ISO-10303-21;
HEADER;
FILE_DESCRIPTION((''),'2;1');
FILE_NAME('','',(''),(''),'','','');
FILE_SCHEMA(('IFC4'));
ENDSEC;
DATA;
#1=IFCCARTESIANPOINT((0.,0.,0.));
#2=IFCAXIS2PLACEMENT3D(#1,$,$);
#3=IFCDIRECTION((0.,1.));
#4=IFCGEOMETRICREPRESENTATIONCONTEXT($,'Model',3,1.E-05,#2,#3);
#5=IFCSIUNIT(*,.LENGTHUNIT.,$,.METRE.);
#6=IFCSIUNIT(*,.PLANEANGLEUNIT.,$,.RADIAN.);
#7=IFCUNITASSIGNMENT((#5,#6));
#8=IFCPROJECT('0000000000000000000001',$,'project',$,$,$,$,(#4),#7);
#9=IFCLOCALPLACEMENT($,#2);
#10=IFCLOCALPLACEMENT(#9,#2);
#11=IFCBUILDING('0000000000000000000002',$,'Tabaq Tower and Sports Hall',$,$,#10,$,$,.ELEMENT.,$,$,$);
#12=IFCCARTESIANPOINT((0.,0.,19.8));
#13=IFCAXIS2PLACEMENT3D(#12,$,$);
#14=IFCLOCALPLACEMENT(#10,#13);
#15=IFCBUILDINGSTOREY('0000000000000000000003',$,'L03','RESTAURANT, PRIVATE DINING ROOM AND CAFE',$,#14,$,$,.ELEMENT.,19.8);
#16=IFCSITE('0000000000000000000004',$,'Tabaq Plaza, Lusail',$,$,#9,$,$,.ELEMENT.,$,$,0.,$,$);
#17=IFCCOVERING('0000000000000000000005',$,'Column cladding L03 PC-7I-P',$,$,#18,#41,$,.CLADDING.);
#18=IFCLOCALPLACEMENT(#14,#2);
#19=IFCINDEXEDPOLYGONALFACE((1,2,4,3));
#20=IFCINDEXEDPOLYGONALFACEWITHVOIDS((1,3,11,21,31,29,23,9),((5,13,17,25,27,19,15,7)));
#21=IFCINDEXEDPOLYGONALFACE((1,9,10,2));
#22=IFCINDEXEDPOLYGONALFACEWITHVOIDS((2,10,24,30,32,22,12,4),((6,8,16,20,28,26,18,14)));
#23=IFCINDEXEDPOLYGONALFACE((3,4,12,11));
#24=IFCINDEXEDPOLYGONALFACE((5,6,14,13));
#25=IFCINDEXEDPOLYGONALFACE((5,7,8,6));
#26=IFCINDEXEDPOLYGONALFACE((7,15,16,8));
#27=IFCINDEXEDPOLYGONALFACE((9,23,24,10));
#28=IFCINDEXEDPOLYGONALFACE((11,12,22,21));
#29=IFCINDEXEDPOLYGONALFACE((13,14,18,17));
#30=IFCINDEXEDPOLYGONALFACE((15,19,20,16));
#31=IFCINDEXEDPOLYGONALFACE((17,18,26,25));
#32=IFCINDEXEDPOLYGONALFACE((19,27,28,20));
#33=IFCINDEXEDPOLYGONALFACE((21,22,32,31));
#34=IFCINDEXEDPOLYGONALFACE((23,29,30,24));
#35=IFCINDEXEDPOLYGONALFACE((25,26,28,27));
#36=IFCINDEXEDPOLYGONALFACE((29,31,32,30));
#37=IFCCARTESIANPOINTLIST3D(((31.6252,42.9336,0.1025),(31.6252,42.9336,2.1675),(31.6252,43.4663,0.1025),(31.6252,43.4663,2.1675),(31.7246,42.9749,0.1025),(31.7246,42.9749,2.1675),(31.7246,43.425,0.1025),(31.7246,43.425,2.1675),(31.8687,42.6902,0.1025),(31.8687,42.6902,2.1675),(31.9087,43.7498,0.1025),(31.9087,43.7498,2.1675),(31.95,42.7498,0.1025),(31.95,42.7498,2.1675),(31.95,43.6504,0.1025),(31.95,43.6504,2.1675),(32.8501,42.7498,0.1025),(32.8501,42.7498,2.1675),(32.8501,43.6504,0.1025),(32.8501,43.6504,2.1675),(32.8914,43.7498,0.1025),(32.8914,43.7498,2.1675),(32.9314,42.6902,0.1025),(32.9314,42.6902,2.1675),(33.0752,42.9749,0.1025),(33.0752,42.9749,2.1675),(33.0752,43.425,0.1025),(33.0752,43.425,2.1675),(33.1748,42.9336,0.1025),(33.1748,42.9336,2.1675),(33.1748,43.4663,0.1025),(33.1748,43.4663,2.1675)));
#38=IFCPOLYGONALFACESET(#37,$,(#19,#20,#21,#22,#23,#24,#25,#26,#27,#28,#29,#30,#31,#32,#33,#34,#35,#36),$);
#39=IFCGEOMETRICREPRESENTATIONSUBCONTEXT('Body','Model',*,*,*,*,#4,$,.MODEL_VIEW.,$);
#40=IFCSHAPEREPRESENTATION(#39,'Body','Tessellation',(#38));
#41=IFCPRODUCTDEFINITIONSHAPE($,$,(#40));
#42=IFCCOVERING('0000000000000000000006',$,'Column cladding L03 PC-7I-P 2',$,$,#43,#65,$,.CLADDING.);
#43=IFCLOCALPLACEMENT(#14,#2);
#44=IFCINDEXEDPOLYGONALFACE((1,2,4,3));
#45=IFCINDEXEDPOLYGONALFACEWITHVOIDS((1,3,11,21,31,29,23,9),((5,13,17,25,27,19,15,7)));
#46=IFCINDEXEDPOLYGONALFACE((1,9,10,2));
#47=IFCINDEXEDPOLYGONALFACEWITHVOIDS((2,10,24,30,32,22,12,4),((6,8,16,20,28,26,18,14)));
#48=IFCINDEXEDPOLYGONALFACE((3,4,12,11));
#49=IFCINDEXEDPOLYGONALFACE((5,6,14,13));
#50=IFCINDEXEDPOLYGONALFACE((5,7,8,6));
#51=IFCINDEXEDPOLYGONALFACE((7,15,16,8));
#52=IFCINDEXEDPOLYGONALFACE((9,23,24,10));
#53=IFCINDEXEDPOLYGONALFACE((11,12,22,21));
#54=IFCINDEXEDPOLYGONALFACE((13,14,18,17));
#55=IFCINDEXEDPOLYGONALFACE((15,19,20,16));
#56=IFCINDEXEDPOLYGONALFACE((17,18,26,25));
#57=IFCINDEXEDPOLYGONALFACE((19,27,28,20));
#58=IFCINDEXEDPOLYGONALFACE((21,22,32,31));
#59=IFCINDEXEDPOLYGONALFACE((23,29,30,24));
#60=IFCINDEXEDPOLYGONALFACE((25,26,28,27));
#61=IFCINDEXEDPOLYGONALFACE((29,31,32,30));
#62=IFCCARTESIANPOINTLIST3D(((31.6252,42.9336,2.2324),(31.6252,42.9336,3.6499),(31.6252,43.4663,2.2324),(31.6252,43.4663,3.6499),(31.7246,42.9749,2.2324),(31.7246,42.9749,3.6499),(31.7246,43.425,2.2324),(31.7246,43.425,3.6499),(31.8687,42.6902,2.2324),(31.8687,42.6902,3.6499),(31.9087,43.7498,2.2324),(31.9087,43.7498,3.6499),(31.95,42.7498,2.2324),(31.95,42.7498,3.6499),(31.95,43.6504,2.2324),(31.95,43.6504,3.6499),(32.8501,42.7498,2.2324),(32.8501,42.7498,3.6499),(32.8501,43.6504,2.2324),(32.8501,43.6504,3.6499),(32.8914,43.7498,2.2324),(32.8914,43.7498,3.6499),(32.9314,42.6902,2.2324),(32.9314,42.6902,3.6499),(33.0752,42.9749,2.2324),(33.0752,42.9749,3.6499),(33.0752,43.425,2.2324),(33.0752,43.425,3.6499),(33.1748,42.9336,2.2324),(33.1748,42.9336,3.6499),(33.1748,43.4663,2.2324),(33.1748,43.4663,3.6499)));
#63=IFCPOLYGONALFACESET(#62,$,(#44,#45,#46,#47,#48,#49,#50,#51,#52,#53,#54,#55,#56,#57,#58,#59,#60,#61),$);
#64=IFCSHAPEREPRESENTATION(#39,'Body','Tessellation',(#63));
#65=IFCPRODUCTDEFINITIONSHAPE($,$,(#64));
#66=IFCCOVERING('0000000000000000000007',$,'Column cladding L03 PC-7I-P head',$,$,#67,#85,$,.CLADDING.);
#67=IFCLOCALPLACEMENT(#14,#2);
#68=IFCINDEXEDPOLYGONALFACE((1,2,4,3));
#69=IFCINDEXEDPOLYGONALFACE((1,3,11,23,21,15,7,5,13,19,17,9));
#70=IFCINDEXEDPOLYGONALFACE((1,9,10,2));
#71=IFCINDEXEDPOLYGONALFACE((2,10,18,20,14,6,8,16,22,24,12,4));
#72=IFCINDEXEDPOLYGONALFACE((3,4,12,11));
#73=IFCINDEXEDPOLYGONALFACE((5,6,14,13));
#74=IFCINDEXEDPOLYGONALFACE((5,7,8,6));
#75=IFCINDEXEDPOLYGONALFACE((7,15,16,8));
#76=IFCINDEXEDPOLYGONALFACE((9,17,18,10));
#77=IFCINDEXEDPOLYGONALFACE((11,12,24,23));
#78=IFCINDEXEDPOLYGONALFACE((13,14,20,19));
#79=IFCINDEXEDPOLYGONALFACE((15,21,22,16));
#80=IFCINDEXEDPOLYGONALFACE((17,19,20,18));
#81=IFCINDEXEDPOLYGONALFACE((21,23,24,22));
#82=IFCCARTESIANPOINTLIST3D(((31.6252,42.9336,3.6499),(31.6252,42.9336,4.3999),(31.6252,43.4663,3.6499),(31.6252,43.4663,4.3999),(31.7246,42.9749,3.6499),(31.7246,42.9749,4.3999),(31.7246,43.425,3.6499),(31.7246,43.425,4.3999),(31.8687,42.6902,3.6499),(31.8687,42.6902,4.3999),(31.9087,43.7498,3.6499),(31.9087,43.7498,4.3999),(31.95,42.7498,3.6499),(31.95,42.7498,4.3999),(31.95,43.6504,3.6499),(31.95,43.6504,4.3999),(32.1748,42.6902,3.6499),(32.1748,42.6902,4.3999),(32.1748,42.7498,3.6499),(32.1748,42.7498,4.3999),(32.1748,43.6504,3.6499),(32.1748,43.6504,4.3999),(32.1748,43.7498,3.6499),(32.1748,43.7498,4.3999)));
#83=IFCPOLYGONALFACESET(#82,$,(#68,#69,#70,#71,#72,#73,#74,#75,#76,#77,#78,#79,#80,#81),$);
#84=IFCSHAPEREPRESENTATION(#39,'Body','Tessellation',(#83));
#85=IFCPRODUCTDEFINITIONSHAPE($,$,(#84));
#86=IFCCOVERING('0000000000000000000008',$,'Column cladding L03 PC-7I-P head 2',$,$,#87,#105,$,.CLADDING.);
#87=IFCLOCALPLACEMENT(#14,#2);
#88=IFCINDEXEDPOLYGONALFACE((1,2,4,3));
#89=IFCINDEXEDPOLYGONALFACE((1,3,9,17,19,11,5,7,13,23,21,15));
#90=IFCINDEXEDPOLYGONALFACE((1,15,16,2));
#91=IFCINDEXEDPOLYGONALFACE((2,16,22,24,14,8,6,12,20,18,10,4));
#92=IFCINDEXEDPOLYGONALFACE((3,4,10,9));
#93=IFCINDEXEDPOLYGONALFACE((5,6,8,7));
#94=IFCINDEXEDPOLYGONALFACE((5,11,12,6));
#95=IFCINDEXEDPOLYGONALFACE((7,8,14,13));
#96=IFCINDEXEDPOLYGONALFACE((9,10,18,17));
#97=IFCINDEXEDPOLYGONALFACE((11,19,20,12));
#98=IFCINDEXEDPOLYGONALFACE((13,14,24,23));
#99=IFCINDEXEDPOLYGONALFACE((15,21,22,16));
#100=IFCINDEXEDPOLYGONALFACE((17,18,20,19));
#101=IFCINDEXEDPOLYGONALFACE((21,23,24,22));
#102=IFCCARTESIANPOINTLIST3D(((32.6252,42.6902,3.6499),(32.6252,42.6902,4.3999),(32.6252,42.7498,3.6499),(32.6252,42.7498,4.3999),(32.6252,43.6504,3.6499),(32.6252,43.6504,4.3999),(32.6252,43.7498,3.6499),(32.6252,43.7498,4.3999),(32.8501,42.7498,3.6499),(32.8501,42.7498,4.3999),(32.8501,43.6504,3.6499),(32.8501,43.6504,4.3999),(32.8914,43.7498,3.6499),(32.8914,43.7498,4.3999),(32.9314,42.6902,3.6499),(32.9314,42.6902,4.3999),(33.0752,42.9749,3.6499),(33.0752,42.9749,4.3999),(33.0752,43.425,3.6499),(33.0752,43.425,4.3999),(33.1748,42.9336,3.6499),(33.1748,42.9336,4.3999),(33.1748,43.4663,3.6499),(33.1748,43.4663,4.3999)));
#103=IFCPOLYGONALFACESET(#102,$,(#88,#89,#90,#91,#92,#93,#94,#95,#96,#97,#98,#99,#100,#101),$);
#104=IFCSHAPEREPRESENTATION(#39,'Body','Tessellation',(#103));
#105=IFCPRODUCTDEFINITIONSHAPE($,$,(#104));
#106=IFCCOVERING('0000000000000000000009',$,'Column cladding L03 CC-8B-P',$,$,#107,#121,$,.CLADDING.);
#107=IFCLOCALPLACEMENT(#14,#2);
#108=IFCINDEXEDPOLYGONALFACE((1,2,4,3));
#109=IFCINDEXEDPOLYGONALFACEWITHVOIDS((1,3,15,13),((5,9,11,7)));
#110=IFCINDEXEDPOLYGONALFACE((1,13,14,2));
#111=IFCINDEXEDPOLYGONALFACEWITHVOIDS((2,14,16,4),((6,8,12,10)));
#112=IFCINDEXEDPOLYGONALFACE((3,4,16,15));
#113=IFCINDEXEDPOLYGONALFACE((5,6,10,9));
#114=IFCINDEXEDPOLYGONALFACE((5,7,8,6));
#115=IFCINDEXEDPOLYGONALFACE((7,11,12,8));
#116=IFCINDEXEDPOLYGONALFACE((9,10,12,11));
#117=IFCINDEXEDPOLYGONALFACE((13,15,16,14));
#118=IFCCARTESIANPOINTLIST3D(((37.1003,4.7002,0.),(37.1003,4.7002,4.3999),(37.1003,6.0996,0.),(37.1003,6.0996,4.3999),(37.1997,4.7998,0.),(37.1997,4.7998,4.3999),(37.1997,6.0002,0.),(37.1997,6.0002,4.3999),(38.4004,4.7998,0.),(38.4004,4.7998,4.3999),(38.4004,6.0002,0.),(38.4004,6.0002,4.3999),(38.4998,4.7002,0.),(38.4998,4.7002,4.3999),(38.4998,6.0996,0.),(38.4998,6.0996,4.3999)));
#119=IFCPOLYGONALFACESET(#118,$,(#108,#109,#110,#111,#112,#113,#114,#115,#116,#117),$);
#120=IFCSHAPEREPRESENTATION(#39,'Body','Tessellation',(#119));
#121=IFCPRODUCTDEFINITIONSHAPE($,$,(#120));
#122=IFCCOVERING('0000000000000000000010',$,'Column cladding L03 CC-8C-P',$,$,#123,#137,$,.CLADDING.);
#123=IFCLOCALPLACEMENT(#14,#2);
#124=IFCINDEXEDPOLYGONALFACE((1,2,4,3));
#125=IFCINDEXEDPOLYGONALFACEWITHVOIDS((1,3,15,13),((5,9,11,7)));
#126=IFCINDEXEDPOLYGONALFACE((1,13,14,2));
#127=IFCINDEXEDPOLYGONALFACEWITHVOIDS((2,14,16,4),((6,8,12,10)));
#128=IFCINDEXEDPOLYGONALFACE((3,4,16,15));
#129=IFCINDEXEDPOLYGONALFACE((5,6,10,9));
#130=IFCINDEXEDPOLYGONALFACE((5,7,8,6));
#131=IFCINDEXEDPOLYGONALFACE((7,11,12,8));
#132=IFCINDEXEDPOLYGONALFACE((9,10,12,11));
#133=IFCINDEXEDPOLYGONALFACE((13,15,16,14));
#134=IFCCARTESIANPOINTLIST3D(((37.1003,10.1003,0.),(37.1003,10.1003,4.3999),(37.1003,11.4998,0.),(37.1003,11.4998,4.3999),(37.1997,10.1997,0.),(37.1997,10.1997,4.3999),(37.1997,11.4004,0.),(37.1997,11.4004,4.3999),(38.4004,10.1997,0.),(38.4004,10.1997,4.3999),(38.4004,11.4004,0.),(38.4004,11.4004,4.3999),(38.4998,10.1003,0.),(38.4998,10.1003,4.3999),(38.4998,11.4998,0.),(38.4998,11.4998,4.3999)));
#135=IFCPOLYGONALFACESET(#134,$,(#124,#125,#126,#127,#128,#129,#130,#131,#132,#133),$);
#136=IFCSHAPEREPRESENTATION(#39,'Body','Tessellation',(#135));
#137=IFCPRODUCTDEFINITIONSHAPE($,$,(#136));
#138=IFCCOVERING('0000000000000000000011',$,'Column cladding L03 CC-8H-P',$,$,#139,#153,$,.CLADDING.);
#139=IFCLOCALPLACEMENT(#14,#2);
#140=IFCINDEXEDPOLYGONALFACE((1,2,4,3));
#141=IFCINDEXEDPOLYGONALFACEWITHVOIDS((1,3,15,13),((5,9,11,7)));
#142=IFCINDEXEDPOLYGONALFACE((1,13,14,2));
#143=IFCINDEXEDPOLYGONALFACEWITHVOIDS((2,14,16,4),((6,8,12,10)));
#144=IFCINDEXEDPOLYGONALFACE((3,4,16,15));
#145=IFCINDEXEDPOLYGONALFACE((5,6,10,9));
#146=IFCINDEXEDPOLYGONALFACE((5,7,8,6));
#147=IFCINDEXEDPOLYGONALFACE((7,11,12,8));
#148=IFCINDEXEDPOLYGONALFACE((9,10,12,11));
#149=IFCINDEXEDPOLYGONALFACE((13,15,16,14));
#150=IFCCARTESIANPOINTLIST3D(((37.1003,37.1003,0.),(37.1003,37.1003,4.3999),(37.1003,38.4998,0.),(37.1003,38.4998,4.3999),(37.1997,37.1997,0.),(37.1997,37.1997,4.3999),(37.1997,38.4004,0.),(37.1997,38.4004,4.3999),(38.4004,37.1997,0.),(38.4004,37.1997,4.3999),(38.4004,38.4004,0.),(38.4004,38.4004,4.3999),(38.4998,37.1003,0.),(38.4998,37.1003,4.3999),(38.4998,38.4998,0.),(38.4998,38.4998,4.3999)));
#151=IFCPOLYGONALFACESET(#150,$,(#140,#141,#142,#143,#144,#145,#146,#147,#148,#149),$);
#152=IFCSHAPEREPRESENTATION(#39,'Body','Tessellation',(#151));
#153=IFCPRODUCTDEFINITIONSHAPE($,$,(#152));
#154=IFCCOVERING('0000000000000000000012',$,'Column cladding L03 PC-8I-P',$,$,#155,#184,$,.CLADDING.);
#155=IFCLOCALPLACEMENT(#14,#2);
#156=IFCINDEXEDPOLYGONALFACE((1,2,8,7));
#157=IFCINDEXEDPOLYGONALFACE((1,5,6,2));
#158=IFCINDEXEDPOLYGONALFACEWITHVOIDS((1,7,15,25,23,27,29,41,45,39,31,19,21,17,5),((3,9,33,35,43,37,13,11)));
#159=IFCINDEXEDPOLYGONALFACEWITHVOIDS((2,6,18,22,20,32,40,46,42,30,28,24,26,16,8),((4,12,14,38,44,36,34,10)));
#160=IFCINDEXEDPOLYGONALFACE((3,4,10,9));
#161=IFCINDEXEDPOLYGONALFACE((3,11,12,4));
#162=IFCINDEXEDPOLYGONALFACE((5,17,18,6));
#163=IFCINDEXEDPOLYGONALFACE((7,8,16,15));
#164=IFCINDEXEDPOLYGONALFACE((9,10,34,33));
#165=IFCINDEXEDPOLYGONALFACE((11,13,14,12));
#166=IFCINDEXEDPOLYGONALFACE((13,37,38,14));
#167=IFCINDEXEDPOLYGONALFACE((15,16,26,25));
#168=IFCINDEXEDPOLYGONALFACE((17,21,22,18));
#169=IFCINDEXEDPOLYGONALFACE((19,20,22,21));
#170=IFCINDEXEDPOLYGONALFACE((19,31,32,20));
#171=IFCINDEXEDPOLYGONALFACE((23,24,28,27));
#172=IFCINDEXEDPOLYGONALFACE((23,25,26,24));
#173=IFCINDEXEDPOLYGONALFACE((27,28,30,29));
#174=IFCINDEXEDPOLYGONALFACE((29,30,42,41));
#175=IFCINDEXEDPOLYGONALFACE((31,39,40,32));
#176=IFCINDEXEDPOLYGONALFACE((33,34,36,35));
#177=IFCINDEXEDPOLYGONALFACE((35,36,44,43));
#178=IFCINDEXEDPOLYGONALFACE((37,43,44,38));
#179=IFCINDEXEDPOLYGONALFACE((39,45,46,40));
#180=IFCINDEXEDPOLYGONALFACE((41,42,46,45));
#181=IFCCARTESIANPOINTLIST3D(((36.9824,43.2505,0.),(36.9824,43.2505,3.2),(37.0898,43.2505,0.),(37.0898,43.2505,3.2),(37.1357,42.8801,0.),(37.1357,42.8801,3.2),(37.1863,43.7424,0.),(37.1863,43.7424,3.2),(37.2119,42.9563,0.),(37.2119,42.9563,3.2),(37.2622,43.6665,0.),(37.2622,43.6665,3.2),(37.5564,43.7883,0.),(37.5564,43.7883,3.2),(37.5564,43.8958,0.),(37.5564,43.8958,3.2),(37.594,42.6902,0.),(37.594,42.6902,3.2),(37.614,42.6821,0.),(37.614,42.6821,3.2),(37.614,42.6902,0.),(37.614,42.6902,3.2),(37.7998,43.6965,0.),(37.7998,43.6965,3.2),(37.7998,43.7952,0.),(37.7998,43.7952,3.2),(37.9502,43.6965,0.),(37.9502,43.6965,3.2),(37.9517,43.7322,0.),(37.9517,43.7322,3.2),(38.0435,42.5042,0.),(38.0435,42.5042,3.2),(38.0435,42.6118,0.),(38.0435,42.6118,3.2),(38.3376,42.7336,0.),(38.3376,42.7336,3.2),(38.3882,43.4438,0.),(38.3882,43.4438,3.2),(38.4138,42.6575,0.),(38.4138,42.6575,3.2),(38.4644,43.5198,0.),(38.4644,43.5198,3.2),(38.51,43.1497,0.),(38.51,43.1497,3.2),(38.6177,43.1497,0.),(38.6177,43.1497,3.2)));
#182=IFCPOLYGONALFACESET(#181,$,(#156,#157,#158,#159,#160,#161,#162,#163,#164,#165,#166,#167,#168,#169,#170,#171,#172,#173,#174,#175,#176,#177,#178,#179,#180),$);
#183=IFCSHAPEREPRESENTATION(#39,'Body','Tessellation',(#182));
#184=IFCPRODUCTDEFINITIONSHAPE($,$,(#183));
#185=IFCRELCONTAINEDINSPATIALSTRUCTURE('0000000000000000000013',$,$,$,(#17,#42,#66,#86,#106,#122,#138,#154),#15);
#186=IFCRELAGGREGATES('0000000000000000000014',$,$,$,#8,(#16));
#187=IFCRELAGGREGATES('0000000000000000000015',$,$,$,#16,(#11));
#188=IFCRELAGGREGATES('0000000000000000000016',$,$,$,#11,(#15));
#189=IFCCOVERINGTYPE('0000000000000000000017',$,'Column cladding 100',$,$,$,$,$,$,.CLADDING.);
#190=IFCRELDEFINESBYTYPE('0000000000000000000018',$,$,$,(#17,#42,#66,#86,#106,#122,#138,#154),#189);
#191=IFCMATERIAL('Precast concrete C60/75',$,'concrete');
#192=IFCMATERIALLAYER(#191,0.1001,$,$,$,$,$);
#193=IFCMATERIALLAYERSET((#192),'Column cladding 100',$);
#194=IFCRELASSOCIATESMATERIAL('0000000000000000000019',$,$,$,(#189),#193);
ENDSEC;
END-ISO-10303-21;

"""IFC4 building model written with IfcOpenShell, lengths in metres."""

from ifc_helpers import new_model, si_unit, direction, frame, origin, place, context, subcontext, project, spatial, polyline, outline, extrude, material, layer, layer_set, type_object, element, save


model = new_model("IFC4")

# Units and contexts
model_context = context("Model", 3, precision=1e-05, world=origin(), true_north=direction((0.0, 1.0)))
body_context = subcontext(model_context, "Body", "Model", "MODEL_VIEW")
ifc_project = project(units=[si_unit("LENGTHUNIT", "METRE"), si_unit("PLANEANGLEUNIT", "RADIAN")], contexts=[model_context])

# Site, building, storey
site_placement = place(None, origin())
site = spatial("IfcSite", under=ifc_project, at=site_placement, Name="Tabaq Plaza, Lusail", CompositionType="ELEMENT", RefElevation=0.0)
building_placement = place(site_placement, origin())
building = spatial("IfcBuilding", under=site, at=building_placement, Name="Tabaq Tower and Sports Hall", CompositionType="ELEMENT")
storey_placement = place(building_placement, frame((0.0, 0.0, 19.8)))
storey = spatial("IfcBuildingStorey", under=building, at=storey_placement, Name="L03", Description="RESTAURANT, PRIVATE DINING ROOM AND CAFE", CompositionType="ELEMENT", Elevation=19.8)

# Coverings
ifc_material_1 = material(Name="Precast concrete C60/75", Category="concrete")
ifc_layer_1 = layer(ifc_material_1, 0.1001)
ifc_layer_set_1 = layer_set([ifc_layer_1], Name="Column cladding 100")
covering_type_1 = type_object("IfcCoveringType", Name="Column cladding 100", PredefinedType="CLADDING", material=ifc_layer_set_1)
covering_1_placement = place(storey_placement, frame((0.0, 0.0, 0.1025)))
element("IfcCovering", 1, at=covering_1_placement, inside=storey, type_object=covering_type_1, Name="Column cladding L03 PC-7I-P", PredefinedType="CLADDING", context=body_context, shape_type="SweptSolid", body=[
    extrude(outline(polyline([(31.6252, 43.4663), (31.9087, 43.7498), (32.8914, 43.7498), (33.1748, 43.4663), (33.1748, 42.9336), (32.9314, 42.6902), (31.8687, 42.6902), (31.6252, 42.9336), (31.6252, 43.4663)]), holes=[polyline([(33.0752, 42.9749), (33.0752, 43.425), (32.8501, 43.6504), (31.95, 43.6504), (31.7246, 43.425), (31.7246, 42.9749), (31.95, 42.7498), (32.8501, 42.7498), (33.0752, 42.9749)])]), origin(), (0.0, 0.0, 1.0), 2.0649),
])
covering_2_placement = place(storey_placement, frame((0.0, 0.0, 2.2324)))
element("IfcCovering", 2, at=covering_2_placement, inside=storey, type_object=covering_type_1, Name="Column cladding L03 PC-7I-P 2", PredefinedType="CLADDING", context=body_context, shape_type="SweptSolid", body=[
    extrude(outline(polyline([(31.6252, 43.4663), (31.9087, 43.7498), (32.8914, 43.7498), (33.1748, 43.4663), (33.1748, 42.9336), (32.9314, 42.6902), (31.8687, 42.6902), (31.6252, 42.9336), (31.6252, 43.4663)]), holes=[polyline([(33.0752, 42.9749), (33.0752, 43.425), (32.8501, 43.6504), (31.95, 43.6504), (31.7246, 43.425), (31.7246, 42.9749), (31.95, 42.7498), (32.8501, 42.7498), (33.0752, 42.9749)])]), origin(), (0.0, 0.0, 1.0), 1.4175),
])
covering_3_placement = place(storey_placement, frame((0.0, 0.0, 3.6499)))
element("IfcCovering", 3, at=covering_3_placement, inside=storey, type_object=covering_type_1, Name="Column cladding L03 PC-7I-P head", PredefinedType="CLADDING", context=body_context, shape_type="SweptSolid", body=[
    extrude(outline(polyline([(31.9087, 43.7498), (32.1748, 43.7498), (32.1748, 43.6504), (31.95, 43.6504), (31.7246, 43.425), (31.7246, 42.9749), (31.95, 42.7498), (32.1748, 42.7498), (32.1748, 42.6902), (31.8687, 42.6902), (31.6252, 42.9336), (31.6252, 43.4663), (31.9087, 43.7498)])), origin(), (0.0, 0.0, 1.0), 0.75),
])
covering_4_placement = place(storey_placement, frame((0.0, 0.0, 3.6499)))
element("IfcCovering", 4, at=covering_4_placement, inside=storey, type_object=covering_type_1, Name="Column cladding L03 PC-7I-P head 2", PredefinedType="CLADDING", context=body_context, shape_type="SweptSolid", body=[
    extrude(outline(polyline([(32.8914, 43.7498), (33.1748, 43.4663), (33.1748, 42.9336), (32.9314, 42.6902), (32.6252, 42.6902), (32.6252, 42.7498), (32.8501, 42.7498), (33.0752, 42.9749), (33.0752, 43.425), (32.8501, 43.6504), (32.6252, 43.6504), (32.6252, 43.7498), (32.8914, 43.7498)])), origin(), (0.0, 0.0, 1.0), 0.75),
])
covering_5_placement = place(storey_placement, origin())
element("IfcCovering", 5, at=covering_5_placement, inside=storey, type_object=covering_type_1, Name="Column cladding L03 CC-8B-P", PredefinedType="CLADDING", context=body_context, shape_type="SweptSolid", body=[
    extrude(outline(polyline([(37.1003, 6.0996), (38.4998, 6.0996), (38.4998, 4.7002), (37.1003, 4.7002), (37.1003, 6.0996)]), holes=[polyline([(38.4004, 4.7998), (38.4004, 6.0002), (37.1997, 6.0002), (37.1997, 4.7998), (38.4004, 4.7998)])]), origin(), (0.0, 0.0, 1.0), 4.3999),
])
covering_6_placement = place(storey_placement, origin())
element("IfcCovering", 6, at=covering_6_placement, inside=storey, type_object=covering_type_1, Name="Column cladding L03 CC-8C-P", PredefinedType="CLADDING", context=body_context, shape_type="SweptSolid", body=[
    extrude(outline(polyline([(37.1003, 11.4998), (38.4998, 11.4998), (38.4998, 10.1003), (37.1003, 10.1003), (37.1003, 11.4998)]), holes=[polyline([(38.4004, 10.1997), (38.4004, 11.4004), (37.1997, 11.4004), (37.1997, 10.1997), (38.4004, 10.1997)])]), origin(), (0.0, 0.0, 1.0), 4.3999),
])
covering_7_placement = place(storey_placement, origin())
element("IfcCovering", 7, at=covering_7_placement, inside=storey, type_object=covering_type_1, Name="Column cladding L03 CC-8H-P", PredefinedType="CLADDING", context=body_context, shape_type="SweptSolid", body=[
    extrude(outline(polyline([(37.1003, 38.4998), (38.4998, 38.4998), (38.4998, 37.1003), (37.1003, 37.1003), (37.1003, 38.4998)]), holes=[polyline([(38.4004, 37.1997), (38.4004, 38.4004), (37.1997, 38.4004), (37.1997, 37.1997), (38.4004, 37.1997)])]), origin(), (0.0, 0.0, 1.0), 4.3999),
])
covering_8_placement = place(storey_placement, origin())
element("IfcCovering", 8, at=covering_8_placement, inside=storey, type_object=covering_type_1, Name="Column cladding L03 PC-8I-P", PredefinedType="CLADDING", context=body_context, shape_type="SweptSolid", body=[
    extrude(outline(polyline([(38.4138, 42.6575), (38.0435, 42.5042), (37.614, 42.6821), (37.614, 42.6902), (37.594, 42.6902), (37.1357, 42.8801), (36.9824, 43.2505), (37.1863, 43.7424), (37.5564, 43.8958), (37.7998, 43.7952), (37.7998, 43.6965), (37.9502, 43.6965), (37.9517, 43.7322), (38.4644, 43.5198), (38.6177, 43.1497), (38.4138, 42.6575)]), holes=[polyline([(37.2622, 43.6665), (37.0898, 43.2505), (37.2119, 42.9563), (38.0435, 42.6118), (38.3376, 42.7336), (38.51, 43.1497), (38.3882, 43.4438), (37.5564, 43.7883), (37.2622, 43.6665)])]), origin(), (0.0, 0.0, 1.0), 3.2),
])

save(model, "model.ifc")
